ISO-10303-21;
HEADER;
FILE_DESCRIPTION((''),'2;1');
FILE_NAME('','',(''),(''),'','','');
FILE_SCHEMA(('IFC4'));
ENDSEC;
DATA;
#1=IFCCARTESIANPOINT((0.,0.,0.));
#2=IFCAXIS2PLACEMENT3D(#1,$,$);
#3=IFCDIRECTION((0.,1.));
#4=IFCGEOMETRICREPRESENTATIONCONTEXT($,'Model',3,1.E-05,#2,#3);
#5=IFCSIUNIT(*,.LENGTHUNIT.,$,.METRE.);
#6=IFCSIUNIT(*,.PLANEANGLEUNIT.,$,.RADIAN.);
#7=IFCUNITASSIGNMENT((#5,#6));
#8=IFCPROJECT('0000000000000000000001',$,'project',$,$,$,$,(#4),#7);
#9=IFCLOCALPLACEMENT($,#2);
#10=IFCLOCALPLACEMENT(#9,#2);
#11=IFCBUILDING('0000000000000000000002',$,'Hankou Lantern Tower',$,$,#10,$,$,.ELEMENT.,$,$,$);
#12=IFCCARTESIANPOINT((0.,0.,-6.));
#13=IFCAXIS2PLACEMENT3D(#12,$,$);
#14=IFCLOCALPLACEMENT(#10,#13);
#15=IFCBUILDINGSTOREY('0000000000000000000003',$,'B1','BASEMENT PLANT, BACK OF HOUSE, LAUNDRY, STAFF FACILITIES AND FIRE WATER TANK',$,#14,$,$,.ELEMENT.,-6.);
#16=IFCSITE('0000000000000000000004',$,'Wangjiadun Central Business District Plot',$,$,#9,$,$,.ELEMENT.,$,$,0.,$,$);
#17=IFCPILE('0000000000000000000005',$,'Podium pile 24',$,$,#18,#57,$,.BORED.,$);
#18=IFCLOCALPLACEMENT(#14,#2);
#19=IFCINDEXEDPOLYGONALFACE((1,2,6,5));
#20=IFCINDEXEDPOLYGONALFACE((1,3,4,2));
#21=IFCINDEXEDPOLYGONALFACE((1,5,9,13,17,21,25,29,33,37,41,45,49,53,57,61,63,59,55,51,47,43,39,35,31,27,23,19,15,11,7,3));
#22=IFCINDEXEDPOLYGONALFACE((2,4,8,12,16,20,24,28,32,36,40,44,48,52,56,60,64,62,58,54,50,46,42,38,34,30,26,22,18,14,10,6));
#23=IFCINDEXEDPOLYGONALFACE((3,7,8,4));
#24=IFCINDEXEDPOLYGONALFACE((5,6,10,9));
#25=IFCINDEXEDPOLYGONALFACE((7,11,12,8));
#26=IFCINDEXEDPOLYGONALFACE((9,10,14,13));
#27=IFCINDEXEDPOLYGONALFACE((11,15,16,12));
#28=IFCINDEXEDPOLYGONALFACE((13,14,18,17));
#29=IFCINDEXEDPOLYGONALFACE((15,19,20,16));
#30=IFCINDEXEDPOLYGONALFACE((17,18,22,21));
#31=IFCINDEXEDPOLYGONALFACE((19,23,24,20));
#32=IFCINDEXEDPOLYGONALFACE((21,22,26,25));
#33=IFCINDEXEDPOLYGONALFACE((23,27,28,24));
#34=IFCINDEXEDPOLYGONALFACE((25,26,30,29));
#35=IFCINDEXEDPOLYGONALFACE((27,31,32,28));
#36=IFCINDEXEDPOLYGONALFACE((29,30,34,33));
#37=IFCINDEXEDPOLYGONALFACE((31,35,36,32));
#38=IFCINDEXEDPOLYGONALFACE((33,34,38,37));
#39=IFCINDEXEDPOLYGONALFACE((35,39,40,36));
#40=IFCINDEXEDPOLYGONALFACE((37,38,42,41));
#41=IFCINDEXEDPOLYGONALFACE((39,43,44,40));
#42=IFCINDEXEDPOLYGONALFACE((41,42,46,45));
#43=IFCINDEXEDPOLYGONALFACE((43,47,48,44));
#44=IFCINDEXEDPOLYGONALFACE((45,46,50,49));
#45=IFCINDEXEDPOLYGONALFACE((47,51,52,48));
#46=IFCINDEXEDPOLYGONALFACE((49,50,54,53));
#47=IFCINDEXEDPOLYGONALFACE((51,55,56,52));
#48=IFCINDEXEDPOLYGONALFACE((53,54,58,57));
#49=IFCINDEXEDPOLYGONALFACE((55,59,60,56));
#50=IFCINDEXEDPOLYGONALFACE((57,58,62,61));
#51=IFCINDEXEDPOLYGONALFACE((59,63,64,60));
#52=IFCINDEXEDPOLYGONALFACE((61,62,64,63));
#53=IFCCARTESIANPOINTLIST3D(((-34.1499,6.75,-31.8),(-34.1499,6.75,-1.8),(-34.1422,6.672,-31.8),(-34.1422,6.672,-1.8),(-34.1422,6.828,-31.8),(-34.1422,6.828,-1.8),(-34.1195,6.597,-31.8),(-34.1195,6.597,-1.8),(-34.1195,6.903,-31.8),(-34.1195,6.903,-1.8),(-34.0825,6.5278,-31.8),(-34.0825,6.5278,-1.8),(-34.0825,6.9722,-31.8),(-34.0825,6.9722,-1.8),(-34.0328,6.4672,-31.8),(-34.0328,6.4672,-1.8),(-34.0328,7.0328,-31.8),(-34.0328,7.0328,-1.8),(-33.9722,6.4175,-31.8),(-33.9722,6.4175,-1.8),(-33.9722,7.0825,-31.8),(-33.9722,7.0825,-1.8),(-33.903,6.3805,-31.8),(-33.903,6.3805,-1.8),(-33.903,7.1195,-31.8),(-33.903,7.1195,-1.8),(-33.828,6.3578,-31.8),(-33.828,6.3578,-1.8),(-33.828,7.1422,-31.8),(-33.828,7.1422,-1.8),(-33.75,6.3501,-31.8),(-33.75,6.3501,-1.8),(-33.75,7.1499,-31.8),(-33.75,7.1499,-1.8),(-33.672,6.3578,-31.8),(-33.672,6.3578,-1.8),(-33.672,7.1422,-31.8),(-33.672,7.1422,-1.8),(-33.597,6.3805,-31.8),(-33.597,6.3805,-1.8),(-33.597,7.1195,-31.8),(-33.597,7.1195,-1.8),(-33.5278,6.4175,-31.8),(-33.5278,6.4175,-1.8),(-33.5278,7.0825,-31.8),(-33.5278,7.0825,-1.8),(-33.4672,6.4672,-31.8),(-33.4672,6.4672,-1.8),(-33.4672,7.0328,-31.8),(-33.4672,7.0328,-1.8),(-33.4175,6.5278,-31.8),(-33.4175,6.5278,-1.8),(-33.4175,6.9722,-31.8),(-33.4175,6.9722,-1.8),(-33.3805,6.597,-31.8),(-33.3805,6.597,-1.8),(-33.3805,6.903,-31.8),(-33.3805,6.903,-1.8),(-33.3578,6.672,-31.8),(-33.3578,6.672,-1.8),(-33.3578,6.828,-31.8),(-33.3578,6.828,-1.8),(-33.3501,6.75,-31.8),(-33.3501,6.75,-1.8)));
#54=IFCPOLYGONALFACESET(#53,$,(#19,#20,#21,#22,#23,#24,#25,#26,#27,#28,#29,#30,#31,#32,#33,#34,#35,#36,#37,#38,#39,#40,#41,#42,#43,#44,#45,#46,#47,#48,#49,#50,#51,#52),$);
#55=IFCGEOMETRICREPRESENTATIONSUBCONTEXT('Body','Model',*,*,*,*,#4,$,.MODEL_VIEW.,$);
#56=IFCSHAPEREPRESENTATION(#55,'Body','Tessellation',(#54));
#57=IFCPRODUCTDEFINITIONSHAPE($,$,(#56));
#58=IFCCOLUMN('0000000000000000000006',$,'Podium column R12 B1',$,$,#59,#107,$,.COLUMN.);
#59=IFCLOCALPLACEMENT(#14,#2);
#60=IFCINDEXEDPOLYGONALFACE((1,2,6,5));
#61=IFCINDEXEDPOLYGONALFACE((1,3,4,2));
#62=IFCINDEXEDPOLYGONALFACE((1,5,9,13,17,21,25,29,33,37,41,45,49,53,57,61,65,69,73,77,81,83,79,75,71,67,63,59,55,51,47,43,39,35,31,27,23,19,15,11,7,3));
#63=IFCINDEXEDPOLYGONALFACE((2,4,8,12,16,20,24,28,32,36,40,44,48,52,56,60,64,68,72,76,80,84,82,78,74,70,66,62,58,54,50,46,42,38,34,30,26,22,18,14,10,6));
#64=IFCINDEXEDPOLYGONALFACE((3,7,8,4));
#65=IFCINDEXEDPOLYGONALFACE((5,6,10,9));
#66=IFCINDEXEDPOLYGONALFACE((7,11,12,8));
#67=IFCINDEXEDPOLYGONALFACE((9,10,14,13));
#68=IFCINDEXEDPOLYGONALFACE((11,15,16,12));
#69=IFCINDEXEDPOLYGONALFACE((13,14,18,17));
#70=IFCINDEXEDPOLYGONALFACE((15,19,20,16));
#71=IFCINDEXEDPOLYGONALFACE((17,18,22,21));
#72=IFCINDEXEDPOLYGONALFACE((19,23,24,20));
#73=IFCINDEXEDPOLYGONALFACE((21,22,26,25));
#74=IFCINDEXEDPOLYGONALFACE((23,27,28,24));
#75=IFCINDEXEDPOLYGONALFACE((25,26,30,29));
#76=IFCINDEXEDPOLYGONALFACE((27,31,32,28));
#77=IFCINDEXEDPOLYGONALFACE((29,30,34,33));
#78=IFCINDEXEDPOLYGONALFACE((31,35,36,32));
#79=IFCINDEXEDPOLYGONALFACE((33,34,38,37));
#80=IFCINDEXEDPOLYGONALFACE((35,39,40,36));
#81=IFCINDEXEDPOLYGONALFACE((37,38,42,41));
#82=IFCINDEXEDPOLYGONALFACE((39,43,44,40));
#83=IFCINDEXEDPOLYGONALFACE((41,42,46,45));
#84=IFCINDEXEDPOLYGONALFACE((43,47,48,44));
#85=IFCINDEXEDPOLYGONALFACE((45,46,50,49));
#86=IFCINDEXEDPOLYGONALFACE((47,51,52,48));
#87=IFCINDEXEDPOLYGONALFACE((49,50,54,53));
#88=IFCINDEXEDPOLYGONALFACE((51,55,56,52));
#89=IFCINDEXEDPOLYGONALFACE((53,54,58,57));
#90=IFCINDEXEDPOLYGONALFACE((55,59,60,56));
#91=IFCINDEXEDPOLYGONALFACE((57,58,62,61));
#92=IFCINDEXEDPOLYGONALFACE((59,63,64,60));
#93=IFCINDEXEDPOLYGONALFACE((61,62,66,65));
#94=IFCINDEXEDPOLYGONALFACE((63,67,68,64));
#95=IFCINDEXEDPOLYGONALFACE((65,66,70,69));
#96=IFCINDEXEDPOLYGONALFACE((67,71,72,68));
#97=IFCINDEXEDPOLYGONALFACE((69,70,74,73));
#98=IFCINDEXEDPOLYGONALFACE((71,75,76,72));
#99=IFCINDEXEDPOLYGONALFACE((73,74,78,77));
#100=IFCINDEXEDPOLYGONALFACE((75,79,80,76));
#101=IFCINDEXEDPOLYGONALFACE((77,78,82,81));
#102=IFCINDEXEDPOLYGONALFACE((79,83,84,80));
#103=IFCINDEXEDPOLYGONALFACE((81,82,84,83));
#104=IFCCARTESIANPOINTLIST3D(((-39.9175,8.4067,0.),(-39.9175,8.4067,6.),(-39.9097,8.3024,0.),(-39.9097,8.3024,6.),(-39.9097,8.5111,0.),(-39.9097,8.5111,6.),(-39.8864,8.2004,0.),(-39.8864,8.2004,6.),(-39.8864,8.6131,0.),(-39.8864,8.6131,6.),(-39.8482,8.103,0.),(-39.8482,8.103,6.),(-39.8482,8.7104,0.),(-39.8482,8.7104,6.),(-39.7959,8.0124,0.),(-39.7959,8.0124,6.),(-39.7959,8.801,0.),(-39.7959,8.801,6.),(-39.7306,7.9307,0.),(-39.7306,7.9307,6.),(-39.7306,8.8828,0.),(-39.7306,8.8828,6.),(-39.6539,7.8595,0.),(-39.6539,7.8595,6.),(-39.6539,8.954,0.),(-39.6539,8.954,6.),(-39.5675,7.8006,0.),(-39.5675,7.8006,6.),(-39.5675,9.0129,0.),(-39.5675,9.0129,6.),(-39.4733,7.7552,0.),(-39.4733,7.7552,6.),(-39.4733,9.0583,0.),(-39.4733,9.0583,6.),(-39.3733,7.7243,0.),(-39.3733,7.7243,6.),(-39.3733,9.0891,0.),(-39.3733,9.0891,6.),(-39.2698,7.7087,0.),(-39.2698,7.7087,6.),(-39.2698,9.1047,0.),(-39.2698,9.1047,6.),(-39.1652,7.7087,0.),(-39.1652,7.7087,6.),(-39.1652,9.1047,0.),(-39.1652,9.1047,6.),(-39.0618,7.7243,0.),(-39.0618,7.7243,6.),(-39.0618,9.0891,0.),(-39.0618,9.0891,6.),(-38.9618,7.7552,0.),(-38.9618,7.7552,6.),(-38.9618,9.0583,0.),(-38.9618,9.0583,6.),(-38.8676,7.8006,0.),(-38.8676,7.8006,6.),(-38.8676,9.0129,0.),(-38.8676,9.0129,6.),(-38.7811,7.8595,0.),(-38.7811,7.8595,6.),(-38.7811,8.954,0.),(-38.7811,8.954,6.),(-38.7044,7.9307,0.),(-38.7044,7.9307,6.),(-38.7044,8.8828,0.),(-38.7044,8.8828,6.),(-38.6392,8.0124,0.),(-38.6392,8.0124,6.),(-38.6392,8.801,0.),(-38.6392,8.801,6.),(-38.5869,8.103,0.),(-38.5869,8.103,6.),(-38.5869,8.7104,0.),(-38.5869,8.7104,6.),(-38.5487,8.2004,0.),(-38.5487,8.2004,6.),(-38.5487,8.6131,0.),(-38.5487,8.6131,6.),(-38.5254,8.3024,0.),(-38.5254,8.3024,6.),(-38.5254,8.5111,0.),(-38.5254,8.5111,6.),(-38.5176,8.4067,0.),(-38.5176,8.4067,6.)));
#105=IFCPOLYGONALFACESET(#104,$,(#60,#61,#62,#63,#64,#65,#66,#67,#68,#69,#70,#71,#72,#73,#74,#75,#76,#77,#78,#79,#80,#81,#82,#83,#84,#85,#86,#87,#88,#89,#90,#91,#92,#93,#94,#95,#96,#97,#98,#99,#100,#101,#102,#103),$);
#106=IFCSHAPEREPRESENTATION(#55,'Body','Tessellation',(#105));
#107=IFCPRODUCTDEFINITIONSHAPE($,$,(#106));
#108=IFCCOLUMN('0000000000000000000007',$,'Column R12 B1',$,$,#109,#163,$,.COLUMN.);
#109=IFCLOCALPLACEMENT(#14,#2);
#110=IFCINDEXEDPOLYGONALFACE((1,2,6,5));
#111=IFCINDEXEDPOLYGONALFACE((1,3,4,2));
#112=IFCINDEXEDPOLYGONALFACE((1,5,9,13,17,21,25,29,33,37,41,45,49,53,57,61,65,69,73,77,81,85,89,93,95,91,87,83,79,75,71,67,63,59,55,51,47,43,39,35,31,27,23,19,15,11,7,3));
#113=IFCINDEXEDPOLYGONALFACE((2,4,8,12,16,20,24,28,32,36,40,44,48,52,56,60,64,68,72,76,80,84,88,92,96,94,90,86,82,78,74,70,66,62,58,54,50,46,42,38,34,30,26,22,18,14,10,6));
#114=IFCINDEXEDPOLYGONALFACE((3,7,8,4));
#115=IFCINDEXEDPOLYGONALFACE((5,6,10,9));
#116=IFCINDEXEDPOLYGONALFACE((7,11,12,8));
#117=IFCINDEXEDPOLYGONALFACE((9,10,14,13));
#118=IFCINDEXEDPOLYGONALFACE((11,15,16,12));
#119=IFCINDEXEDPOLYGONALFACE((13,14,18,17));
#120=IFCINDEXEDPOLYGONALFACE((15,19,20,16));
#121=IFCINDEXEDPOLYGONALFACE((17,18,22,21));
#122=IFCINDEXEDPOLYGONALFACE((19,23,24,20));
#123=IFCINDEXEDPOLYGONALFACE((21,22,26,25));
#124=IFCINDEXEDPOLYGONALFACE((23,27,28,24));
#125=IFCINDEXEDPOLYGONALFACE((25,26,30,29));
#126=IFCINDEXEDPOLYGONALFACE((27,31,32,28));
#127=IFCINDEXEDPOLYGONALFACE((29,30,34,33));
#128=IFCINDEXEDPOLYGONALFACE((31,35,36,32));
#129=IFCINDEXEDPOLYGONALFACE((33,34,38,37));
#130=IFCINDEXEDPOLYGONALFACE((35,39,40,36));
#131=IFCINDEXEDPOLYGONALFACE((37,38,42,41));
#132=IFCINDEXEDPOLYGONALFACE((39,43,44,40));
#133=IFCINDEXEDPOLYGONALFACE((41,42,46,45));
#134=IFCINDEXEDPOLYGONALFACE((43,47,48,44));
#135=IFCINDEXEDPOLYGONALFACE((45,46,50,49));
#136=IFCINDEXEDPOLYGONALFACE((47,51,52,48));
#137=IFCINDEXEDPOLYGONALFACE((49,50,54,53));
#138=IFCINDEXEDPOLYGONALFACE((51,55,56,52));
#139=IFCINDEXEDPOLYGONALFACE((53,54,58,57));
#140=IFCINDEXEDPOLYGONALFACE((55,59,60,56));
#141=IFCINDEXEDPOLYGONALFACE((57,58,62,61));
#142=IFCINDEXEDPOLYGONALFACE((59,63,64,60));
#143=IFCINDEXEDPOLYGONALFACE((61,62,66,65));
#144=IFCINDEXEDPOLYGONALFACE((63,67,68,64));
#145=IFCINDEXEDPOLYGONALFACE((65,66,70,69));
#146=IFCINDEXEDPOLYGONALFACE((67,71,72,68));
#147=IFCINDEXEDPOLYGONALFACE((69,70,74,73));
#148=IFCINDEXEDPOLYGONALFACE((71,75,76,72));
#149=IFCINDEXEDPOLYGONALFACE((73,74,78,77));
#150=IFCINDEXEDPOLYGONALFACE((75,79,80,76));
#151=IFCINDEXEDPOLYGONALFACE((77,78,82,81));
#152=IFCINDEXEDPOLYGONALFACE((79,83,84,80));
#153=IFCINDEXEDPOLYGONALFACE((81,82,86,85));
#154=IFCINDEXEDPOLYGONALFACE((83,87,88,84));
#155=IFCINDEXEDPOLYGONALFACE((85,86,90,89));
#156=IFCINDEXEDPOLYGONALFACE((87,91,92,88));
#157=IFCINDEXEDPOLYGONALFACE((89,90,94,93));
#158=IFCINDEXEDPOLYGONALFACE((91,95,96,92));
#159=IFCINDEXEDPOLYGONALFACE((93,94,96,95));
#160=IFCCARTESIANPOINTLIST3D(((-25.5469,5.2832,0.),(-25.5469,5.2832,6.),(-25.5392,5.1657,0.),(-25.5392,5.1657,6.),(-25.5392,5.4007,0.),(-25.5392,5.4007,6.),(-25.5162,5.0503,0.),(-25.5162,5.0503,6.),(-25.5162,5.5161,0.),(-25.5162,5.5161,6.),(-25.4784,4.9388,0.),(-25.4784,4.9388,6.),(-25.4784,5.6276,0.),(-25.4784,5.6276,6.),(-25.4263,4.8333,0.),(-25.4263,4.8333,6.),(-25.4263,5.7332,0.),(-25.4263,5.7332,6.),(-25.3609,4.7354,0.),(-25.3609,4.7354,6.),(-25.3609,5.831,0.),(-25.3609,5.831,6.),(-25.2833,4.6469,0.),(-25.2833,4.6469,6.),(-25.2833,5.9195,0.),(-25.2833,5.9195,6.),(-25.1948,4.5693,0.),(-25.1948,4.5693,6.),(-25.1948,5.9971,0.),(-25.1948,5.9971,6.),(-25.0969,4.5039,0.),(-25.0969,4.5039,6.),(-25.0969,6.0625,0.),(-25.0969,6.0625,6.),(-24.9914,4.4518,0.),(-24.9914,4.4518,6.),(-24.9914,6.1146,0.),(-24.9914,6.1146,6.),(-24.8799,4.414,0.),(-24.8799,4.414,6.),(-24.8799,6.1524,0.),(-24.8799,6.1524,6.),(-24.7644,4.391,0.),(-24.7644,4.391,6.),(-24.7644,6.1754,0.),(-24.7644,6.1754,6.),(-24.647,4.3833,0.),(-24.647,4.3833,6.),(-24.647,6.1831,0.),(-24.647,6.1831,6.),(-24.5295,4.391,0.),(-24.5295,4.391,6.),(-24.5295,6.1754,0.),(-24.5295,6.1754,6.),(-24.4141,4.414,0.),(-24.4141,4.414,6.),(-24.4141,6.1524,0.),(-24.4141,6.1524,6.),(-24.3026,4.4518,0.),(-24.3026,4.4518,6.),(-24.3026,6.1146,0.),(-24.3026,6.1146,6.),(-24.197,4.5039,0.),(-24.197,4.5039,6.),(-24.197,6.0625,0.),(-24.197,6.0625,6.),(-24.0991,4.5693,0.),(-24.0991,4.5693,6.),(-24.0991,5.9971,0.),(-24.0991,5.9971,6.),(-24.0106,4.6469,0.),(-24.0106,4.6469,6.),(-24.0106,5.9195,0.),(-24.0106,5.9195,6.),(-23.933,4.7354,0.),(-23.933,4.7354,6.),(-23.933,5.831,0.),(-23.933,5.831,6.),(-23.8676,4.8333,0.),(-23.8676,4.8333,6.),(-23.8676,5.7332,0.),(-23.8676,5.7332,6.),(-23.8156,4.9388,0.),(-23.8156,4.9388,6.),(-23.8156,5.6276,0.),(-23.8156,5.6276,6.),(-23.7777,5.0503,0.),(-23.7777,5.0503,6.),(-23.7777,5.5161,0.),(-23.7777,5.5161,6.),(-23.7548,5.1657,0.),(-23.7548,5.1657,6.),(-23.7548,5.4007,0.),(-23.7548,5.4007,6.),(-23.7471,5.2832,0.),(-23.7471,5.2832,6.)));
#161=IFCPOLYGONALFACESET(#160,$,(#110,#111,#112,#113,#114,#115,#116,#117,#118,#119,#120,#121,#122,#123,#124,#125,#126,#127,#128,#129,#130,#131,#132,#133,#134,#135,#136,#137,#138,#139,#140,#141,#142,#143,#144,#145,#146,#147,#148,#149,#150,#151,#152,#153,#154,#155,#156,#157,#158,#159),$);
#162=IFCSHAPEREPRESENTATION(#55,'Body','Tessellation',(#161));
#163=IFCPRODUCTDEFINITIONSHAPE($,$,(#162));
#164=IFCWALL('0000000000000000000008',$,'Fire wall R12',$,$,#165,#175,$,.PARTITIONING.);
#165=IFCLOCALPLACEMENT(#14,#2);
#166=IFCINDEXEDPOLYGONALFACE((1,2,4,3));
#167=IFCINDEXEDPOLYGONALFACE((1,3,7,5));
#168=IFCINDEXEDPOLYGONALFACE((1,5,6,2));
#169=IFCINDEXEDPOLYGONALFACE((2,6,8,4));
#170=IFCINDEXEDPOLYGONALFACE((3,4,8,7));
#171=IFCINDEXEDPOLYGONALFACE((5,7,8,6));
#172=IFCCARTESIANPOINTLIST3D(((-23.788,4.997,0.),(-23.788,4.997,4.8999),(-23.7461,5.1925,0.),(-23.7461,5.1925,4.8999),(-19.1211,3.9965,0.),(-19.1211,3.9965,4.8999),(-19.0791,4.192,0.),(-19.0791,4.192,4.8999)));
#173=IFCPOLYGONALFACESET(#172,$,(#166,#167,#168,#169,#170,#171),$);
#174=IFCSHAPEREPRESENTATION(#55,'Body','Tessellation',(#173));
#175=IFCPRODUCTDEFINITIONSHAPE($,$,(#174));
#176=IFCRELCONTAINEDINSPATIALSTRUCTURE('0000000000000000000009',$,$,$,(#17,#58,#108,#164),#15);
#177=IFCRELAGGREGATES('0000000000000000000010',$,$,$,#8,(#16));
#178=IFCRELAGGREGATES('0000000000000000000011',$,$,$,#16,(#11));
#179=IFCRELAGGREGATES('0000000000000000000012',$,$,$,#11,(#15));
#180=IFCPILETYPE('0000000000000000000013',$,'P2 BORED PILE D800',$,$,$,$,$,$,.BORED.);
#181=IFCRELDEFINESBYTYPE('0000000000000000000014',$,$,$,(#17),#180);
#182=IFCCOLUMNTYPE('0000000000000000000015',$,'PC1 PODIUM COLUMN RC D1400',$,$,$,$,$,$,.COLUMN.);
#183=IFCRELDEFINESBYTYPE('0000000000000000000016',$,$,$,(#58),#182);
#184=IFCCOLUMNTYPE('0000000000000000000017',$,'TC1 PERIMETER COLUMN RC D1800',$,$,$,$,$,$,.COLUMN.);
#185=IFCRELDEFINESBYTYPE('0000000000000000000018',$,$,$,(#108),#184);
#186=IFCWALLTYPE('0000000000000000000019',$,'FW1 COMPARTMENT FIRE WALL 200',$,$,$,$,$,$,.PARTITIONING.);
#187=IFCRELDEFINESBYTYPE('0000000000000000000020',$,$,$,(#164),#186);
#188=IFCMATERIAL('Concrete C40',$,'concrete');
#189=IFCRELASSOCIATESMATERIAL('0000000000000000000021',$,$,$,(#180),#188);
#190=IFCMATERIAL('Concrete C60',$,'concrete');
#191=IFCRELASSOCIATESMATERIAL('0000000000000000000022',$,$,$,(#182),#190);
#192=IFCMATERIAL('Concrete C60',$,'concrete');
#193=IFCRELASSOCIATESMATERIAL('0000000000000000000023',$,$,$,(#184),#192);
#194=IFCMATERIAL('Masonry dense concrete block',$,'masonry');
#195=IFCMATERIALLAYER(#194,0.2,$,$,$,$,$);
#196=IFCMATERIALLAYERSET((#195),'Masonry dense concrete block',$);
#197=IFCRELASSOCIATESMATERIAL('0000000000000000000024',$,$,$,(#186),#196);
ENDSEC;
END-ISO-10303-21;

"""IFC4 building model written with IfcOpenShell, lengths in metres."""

from ifc_helpers import new_model, si_unit, direction, frame, frame_2d, origin, origin_2d, place, context, subcontext, project, spatial, rectangle, circle, extrude, material, layer, layer_set, material_profile, profile_set, type_object, element, save


model = new_model("IFC4")

# Units and contexts
model_context = context("Model", 3, precision=1e-05, world=origin(), true_north=direction((0.0, 1.0)))
body_context = subcontext(model_context, "Body", "Model", "MODEL_VIEW")
ifc_project = project(units=[si_unit("LENGTHUNIT", "METRE"), si_unit("PLANEANGLEUNIT", "RADIAN")], contexts=[model_context])

# Site, building, storey
site_placement = place(None, origin())
site = spatial("IfcSite", under=ifc_project, at=site_placement, Name="Wangjiadun Central Business District Plot", CompositionType="ELEMENT", RefElevation=0.0)
building_placement = place(site_placement, origin())
building = spatial("IfcBuilding", under=site, at=building_placement, Name="Hankou Lantern Tower", CompositionType="ELEMENT")
storey_placement = place(building_placement, frame((0.0, 0.0, -6.0)))
storey = spatial("IfcBuildingStorey", under=building, at=storey_placement, Name="B1", Description="BASEMENT PLANT, BACK OF HOUSE, LAUNDRY, STAFF FACILITIES AND FIRE WATER TANK", CompositionType="ELEMENT", Elevation=-6.0)

# Pile
ifc_material_1 = material(Name="Concrete C40", Category="concrete")
ifc_material_profile_1 = material_profile(ifc_material_1, circle(Radius=0.3999, at=origin_2d()), Name="RC D800")
ifc_profile_set_1 = profile_set([ifc_material_profile_1], Name="Concrete C40")
pile_type_1 = type_object("IfcPileType", Name="P2 BORED PILE D800", PredefinedType="BORED", material=ifc_profile_set_1)
for number, where, z_axis, x_axis, name in (
    (1, (-33.75, 6.75, -1.8), (0.0, 0.0, -1.0), (1.0, 0.0, 0.0), "Podium pile 24"),
):
    element("IfcPile", number, at=place(storey_placement, frame(where, z_axis=z_axis, x_axis=x_axis)), inside=storey, type_object=pile_type_1, Name=name, PredefinedType="BORED", context=body_context, shape_type="SweptSolid", body=[
        extrude(circle(Radius=0.3999, at=origin_2d()), origin(), (0.0, 0.0, 1.0), 30.0),
    ])

# Columns
ifc_material_2 = material(Name="Concrete C60", Category="concrete")
ifc_material_profile_2 = material_profile(ifc_material_2, circle(Radius=0.7, at=origin_2d()), Name="RC D1400")
ifc_profile_set_2 = profile_set([ifc_material_profile_2], Name="Concrete C60")
column_type_1 = type_object("IfcColumnType", Name="PC1 PODIUM COLUMN RC D1400", PredefinedType="COLUMN", material=ifc_profile_set_2)
column_1_placement = place(storey_placement, frame((-39.2175, 8.4067, 0.0), z_axis=(0.0, 0.0, 1.0), x_axis=(1.0, 0.0, 0.0)))
element("IfcColumn", 2, at=column_1_placement, inside=storey, type_object=column_type_1, Name="Podium column R12 B1", PredefinedType="COLUMN", context=body_context, shape_type="SweptSolid", body=[
    extrude(circle(Radius=0.7, at=origin_2d()), origin(), (0.0, 0.0, 1.0), 6.0),
])
ifc_material_3 = material(Name="Concrete C60", Category="concrete")
ifc_material_profile_3 = material_profile(ifc_material_3, circle(Radius=0.8999, at=origin_2d()), Name="RC D1800")
ifc_profile_set_3 = profile_set([ifc_material_profile_3], Name="Concrete C60")
column_type_2 = type_object("IfcColumnType", Name="TC1 PERIMETER COLUMN RC D1800", PredefinedType="COLUMN", material=ifc_profile_set_3)
column_2_placement = place(storey_placement, frame((-24.647, 5.2832, 0.0), z_axis=(0.0, 0.0, 1.0), x_axis=(1.0, 0.0, 0.0)))
element("IfcColumn", 3, at=column_2_placement, inside=storey, type_object=column_type_2, Name="Column R12 B1", PredefinedType="COLUMN", context=body_context, shape_type="SweptSolid", body=[
    extrude(circle(Radius=0.8999, at=origin_2d()), origin(), (0.0, 0.0, 1.0), 6.0),
])

# Wall
ifc_material_4 = material(Name="Masonry dense concrete block", Category="masonry")
ifc_layer_1 = layer(ifc_material_4, 0.2)
ifc_layer_set_1 = layer_set([ifc_layer_1], Name="Masonry dense concrete block")
wall_type_1 = type_object("IfcWallType", Name="FW1 COMPARTMENT FIRE WALL 200", PredefinedType="PARTITIONING", material=ifc_layer_set_1)
wall_1_placement = place(storey_placement, frame((-19.1001, 4.0942, 0.0), z_axis=(0.0, 0.0, 1.0), x_axis=(-0.977784, 0.209613, 0.0)))
element("IfcWall", 4, at=wall_1_placement, inside=storey, type_object=wall_type_1, Name="Fire wall R12", PredefinedType="PARTITIONING", context=body_context, shape_type="SweptSolid", body=[
    extrude(rectangle(XDim=4.7729, YDim=0.2, at=frame_2d((2.3865, 0.0))), origin(), (0.0, 0.0, 1.0), 4.8999),
])

save(model, "model.ifc")
